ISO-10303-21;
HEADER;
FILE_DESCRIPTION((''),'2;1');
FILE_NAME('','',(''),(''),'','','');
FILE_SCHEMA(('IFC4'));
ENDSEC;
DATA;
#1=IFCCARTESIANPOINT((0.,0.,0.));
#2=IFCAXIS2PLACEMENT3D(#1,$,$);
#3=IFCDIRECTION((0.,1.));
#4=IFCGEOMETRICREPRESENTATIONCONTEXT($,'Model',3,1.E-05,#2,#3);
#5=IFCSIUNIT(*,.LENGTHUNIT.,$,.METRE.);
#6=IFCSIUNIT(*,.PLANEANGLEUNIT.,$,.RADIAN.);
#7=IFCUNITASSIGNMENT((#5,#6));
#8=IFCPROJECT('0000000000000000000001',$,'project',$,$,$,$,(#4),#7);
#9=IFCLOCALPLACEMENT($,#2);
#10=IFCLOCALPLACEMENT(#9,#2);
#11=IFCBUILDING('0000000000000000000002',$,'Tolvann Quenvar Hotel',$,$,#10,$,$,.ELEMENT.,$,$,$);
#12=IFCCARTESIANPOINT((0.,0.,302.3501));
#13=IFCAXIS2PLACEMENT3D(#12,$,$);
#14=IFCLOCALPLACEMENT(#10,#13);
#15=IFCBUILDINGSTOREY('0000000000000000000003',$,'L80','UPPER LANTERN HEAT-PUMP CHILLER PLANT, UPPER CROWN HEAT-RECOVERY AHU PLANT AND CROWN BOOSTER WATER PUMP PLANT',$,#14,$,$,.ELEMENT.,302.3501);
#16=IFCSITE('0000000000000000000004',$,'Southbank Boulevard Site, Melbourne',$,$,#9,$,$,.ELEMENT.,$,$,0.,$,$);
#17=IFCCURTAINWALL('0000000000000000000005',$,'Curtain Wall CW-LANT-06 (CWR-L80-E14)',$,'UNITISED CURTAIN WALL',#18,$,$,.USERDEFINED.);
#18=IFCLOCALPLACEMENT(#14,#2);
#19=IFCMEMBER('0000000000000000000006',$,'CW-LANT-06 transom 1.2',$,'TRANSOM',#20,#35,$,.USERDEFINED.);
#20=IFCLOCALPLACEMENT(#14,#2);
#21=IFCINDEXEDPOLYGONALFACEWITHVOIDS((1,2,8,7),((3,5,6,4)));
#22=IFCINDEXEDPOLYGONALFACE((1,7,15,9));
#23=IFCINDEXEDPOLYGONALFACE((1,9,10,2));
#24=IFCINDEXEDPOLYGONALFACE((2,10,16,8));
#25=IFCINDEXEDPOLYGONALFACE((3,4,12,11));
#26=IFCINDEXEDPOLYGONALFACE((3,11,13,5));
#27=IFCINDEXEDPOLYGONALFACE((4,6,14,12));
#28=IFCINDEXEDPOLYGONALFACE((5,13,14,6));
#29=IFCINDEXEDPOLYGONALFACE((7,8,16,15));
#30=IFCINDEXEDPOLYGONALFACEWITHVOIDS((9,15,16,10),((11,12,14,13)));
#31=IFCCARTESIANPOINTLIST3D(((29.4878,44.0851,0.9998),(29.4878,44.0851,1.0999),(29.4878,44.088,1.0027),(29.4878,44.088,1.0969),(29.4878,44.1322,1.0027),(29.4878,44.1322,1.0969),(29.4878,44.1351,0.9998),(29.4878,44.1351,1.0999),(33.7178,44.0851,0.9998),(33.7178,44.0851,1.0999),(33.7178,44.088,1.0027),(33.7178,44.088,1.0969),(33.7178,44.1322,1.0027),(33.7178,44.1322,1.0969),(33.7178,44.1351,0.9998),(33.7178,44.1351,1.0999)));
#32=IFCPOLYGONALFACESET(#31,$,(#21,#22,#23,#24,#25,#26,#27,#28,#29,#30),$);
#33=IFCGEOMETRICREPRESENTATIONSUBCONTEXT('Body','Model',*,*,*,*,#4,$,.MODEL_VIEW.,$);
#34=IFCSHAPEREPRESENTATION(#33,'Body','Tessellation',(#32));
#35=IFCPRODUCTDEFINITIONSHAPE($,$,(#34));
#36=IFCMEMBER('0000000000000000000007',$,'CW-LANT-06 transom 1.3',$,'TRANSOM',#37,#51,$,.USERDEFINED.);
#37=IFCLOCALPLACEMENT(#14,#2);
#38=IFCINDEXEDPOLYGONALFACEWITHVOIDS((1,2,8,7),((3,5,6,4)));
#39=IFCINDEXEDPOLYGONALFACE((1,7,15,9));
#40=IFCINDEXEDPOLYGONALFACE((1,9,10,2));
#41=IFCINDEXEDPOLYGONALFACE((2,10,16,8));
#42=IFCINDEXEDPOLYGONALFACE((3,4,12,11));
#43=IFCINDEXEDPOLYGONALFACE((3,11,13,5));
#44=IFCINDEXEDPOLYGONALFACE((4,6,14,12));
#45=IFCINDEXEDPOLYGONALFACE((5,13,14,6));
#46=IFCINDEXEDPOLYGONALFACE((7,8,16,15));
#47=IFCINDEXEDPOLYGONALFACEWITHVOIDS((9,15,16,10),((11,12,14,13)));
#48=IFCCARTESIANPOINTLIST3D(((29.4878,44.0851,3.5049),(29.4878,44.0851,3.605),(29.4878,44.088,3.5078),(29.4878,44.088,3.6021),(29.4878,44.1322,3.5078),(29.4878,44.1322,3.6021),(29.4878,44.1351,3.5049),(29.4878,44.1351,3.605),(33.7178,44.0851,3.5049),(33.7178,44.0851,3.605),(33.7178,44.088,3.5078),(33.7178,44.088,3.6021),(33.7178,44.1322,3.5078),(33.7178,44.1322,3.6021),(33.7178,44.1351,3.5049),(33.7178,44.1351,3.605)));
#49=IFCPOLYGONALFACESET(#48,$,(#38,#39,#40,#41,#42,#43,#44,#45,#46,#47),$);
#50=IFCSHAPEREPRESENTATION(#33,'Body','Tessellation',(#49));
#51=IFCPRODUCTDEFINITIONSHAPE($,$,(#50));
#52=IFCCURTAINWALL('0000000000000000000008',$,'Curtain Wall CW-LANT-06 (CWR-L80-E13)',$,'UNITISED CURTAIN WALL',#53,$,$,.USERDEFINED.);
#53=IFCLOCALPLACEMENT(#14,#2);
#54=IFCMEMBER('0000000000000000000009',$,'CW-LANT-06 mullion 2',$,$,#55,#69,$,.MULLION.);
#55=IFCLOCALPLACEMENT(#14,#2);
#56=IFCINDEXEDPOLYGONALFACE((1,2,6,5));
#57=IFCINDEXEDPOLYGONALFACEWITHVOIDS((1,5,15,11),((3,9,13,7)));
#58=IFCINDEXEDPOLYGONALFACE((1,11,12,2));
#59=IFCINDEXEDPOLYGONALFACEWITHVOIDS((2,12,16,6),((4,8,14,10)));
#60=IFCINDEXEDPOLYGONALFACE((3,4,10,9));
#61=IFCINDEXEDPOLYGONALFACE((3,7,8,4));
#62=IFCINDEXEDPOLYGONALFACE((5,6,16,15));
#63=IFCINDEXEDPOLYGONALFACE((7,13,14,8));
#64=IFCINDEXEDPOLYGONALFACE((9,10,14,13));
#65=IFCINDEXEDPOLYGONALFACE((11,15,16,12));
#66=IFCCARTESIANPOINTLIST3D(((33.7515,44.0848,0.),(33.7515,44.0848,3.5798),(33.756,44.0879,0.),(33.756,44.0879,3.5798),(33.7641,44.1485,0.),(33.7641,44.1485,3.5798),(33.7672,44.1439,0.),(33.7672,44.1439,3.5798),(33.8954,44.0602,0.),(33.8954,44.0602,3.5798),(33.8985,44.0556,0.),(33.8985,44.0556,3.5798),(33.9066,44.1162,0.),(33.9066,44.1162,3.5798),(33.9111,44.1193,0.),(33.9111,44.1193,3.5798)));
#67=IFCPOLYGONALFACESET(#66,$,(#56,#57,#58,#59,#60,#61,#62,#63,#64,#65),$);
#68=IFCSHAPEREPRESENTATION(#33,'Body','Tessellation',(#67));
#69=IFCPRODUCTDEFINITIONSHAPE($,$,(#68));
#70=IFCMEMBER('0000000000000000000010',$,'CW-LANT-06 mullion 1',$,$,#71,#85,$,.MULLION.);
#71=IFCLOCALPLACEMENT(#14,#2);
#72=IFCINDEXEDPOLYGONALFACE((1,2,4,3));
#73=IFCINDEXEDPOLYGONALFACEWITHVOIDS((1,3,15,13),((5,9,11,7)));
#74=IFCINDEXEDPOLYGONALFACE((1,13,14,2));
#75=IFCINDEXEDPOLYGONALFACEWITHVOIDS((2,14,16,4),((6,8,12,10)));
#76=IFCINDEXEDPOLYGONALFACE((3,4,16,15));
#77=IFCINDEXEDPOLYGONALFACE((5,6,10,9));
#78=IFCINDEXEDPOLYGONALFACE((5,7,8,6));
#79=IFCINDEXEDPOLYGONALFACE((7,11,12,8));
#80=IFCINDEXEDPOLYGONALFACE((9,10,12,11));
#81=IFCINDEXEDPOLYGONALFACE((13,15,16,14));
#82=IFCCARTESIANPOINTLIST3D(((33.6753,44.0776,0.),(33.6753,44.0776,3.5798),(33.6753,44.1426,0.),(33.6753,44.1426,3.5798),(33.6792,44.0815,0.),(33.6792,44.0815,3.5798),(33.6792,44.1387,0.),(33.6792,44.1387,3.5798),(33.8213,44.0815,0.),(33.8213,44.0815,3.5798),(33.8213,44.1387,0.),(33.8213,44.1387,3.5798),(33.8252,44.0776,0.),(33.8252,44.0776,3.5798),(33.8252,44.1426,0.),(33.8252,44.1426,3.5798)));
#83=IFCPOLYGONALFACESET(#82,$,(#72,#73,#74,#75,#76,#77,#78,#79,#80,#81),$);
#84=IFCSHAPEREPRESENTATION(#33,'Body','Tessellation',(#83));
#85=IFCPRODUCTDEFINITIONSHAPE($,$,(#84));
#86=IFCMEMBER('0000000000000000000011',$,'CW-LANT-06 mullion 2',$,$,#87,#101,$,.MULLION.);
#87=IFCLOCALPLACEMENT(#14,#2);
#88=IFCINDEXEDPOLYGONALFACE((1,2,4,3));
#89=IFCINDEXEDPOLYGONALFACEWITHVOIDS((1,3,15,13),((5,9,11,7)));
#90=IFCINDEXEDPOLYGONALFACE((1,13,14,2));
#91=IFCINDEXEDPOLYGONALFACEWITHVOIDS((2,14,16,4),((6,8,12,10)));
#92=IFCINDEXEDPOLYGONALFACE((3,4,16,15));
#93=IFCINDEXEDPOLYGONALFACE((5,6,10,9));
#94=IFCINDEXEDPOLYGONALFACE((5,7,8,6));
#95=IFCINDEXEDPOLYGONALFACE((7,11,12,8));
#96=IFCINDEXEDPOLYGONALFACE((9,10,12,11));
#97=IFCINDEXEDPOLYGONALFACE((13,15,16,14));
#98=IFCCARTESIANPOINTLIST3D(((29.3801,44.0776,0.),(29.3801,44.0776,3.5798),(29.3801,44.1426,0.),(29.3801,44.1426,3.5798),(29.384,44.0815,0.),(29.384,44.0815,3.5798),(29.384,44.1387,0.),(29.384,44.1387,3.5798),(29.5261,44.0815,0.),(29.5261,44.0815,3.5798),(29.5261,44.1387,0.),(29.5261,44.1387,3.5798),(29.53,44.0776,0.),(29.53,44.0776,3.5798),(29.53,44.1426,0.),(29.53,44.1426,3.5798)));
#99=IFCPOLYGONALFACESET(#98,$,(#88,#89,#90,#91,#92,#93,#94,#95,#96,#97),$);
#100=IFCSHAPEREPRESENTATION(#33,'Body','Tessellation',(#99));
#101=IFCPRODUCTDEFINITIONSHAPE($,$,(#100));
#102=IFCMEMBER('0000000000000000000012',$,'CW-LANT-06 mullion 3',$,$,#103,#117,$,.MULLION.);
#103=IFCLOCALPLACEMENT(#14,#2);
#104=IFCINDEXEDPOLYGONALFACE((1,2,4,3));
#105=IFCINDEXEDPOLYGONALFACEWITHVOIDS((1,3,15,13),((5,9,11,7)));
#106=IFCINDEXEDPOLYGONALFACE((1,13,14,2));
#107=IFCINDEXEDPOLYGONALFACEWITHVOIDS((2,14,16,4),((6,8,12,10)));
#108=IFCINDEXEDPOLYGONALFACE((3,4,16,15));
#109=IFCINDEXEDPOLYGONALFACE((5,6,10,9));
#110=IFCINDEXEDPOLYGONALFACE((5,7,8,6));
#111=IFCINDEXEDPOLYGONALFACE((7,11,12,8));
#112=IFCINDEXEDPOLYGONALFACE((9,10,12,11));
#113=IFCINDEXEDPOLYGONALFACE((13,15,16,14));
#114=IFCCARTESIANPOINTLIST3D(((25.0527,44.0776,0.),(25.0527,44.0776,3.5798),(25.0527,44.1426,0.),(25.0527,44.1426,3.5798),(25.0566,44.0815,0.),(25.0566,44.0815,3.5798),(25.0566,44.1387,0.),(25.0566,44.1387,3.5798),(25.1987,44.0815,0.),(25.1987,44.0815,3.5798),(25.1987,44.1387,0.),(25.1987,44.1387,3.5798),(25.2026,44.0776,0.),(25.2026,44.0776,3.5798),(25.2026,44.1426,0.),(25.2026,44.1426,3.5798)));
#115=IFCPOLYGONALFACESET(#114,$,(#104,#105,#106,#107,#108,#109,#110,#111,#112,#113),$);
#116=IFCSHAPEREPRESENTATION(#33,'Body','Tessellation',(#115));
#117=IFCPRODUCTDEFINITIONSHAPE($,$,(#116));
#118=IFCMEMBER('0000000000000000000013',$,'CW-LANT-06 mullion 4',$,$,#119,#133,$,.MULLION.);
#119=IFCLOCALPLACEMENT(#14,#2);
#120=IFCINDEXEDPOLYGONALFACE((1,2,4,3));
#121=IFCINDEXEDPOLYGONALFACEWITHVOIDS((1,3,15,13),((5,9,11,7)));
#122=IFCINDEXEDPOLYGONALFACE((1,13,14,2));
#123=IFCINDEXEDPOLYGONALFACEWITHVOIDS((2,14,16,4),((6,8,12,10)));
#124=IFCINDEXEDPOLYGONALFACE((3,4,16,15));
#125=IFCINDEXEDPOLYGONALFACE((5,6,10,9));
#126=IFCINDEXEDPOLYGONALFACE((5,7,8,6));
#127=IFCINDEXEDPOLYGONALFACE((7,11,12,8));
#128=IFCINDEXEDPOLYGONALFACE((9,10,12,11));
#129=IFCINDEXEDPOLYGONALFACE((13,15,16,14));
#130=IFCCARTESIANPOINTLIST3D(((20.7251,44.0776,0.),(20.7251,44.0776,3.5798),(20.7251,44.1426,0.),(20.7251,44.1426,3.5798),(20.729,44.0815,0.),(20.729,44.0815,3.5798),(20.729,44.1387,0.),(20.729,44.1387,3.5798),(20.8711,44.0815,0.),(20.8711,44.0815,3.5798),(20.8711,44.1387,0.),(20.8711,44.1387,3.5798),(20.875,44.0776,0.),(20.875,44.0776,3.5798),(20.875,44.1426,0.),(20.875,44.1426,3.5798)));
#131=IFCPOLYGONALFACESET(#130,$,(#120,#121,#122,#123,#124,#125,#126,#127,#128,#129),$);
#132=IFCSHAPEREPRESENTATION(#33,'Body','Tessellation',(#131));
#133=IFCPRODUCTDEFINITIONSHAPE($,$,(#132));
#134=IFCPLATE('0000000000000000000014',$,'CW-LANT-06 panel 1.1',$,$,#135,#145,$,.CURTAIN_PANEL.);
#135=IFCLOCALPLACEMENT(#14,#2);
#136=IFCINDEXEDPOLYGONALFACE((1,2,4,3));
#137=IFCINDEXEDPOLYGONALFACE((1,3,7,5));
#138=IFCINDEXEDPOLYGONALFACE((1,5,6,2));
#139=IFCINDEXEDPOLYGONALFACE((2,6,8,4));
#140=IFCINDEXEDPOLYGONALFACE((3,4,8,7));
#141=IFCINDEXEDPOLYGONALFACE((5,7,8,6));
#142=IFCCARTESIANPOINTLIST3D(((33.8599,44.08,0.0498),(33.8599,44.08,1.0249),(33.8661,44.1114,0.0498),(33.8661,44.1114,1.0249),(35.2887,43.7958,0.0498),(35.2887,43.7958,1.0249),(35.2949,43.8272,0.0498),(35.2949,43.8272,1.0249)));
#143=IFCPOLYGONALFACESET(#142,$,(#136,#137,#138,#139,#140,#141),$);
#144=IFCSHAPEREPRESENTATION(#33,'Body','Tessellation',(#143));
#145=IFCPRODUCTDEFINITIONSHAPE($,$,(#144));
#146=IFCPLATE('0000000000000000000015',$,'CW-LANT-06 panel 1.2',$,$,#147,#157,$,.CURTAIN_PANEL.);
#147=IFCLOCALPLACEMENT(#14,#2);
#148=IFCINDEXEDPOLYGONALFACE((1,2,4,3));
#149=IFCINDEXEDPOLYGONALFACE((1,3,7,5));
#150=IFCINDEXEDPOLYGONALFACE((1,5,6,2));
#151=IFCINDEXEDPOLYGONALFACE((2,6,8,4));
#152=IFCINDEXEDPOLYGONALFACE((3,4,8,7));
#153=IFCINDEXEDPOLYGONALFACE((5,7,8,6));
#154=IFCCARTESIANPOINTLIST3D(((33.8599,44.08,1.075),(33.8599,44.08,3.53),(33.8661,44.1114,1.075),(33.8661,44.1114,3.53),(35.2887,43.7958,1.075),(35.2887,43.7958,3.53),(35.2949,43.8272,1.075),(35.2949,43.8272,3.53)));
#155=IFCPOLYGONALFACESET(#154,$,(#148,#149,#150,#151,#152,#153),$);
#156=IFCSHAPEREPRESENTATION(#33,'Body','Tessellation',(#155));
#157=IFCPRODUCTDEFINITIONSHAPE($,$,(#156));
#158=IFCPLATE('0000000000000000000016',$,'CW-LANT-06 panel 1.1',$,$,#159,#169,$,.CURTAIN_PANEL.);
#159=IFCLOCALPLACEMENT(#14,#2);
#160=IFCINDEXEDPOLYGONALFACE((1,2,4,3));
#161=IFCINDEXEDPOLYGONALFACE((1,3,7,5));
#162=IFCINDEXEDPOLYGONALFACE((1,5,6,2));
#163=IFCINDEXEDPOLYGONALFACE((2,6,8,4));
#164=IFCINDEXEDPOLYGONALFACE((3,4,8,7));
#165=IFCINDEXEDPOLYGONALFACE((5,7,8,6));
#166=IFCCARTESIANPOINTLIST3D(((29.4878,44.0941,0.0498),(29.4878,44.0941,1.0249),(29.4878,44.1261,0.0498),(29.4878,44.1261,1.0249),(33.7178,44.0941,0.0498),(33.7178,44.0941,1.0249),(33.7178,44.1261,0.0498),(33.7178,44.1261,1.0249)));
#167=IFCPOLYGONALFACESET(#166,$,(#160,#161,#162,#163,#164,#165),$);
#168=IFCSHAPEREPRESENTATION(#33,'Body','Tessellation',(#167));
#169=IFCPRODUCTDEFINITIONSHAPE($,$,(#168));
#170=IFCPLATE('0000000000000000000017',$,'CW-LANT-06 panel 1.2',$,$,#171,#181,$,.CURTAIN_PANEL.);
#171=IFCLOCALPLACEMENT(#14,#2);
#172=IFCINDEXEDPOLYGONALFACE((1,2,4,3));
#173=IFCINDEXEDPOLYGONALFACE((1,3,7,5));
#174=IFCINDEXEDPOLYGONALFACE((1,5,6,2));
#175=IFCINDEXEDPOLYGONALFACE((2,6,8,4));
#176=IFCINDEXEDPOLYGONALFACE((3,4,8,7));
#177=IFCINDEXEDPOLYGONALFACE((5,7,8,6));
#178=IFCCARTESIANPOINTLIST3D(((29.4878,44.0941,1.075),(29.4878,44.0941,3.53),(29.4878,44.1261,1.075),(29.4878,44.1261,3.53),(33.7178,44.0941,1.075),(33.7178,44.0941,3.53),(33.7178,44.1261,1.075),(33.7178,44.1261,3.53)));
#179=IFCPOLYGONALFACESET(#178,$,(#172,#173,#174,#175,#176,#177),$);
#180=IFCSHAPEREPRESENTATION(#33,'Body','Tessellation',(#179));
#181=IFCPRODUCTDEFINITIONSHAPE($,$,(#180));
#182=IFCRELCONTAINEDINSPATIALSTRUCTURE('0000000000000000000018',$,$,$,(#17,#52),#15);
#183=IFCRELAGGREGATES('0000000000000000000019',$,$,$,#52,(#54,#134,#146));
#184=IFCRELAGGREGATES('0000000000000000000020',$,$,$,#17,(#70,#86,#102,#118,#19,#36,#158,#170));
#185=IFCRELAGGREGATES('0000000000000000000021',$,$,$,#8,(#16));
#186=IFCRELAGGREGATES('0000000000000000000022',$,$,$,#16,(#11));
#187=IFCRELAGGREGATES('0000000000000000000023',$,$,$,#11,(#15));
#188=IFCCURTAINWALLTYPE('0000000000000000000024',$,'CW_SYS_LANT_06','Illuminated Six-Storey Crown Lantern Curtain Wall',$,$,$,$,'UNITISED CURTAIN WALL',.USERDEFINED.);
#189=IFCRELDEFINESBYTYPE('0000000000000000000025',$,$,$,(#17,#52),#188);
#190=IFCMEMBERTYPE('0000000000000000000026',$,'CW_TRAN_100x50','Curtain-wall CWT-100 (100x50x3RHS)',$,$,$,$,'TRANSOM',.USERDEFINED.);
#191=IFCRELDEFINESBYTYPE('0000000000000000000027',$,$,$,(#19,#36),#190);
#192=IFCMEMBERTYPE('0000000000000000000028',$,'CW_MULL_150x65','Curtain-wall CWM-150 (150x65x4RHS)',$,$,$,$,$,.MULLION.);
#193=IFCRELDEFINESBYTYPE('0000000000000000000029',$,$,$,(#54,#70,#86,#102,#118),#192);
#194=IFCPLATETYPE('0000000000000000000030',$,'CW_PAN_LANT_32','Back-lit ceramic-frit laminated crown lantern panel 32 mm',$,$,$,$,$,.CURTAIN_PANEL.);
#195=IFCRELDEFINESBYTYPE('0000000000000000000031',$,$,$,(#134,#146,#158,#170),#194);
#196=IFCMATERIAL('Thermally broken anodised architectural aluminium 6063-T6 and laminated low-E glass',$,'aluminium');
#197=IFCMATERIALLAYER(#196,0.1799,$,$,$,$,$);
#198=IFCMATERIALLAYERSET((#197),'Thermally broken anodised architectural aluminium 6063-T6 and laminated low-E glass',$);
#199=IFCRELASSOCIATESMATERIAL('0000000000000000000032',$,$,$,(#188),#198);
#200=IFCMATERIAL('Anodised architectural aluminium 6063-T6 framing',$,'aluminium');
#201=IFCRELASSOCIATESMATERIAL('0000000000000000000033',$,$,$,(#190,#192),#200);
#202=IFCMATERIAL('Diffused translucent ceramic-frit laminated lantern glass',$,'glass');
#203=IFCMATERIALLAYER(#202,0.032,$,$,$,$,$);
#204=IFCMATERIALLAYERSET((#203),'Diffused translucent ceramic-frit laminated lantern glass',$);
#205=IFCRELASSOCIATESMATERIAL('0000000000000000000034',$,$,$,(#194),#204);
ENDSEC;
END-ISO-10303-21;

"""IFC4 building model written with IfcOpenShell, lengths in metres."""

from ifc_helpers import new_model, si_unit, direction, frame, origin, origin_2d, place, context, subcontext, project, spatial, rectangle, hollow_rectangle, extrude, source, transform, mapped, material, layer, layer_set, material_profile, profile_set, type_object, type_shapes, element, aggregate, save


model = new_model("IFC4")

# Units and contexts
model_context = context("Model", 3, precision=1e-05, world=origin(), true_north=direction((0.0, 1.0)))
body_context = subcontext(model_context, "Body", "Model", "MODEL_VIEW")
ifc_project = project(units=[si_unit("LENGTHUNIT", "METRE"), si_unit("PLANEANGLEUNIT", "RADIAN")], contexts=[model_context])

# Site, building, storey
site_placement = place(None, origin())
site = spatial("IfcSite", under=ifc_project, at=site_placement, Name="Southbank Boulevard Site, Melbourne", CompositionType="ELEMENT", RefElevation=0.0)
building_placement = place(site_placement, origin())
building = spatial("IfcBuilding", under=site, at=building_placement, Name="Tolvann Quenvar Hotel", CompositionType="ELEMENT")
storey_placement = place(building_placement, frame((0.0, 0.0, 302.3501)))
storey = spatial("IfcBuildingStorey", under=building, at=storey_placement, Name="L80", Description="UPPER LANTERN HEAT-PUMP CHILLER PLANT, UPPER CROWN HEAT-RECOVERY AHU PLANT AND CROWN BOOSTER WATER PUMP PLANT", CompositionType="ELEMENT", Elevation=302.3501)

# Curtain wall, members
ifc_material_1 = material(Name="Thermally broken anodised architectural aluminium 6063-T6 and laminated low-E glass", Category="aluminium")
ifc_layer_1 = layer(ifc_material_1, 0.1799)
ifc_layer_set_1 = layer_set([ifc_layer_1], Name="Thermally broken anodised architectural aluminium 6063-T6 and laminated low-E glass")
curtain_wall_type = type_object("IfcCurtainWallType", Name="CW_SYS_LANT_06", Description="Illuminated Six-Storey Crown Lantern Curtain Wall", ElementType="UNITISED CURTAIN WALL", PredefinedType="USERDEFINED", material=ifc_layer_set_1)
curtain_wall_1_placement = place(storey_placement, origin())
curtain_wall_1 = element("IfcCurtainWall", 1, at=curtain_wall_1_placement, inside=storey, type_object=curtain_wall_type, Name="Curtain Wall CW-LANT-06 (CWR-L80-E14)", ObjectType="UNITISED CURTAIN WALL", PredefinedType="USERDEFINED")
ifc_material_2 = material(Name="Anodised architectural aluminium 6063-T6 framing", Category="aluminium")
ifc_material_profile_1 = material_profile(ifc_material_2, hollow_rectangle(XDim=0.05, YDim=0.1001, WallThickness=0.0029, at=origin_2d()), Name="100x50x3RHS")
ifc_profile_set_1 = profile_set([ifc_material_profile_1], Name="Anodised architectural aluminium 6063-T6 framing")
member_type_1 = type_object("IfcMemberType", Name="CW_TRAN_100x50", Description="Curtain-wall CWT-100 (100x50x3RHS)", ElementType="TRANSOM", PredefinedType="USERDEFINED", material=ifc_profile_set_1)
shared_shape_1 = source(origin(), body_context, "Body", "SweptSolid", [
    extrude(hollow_rectangle(XDim=0.05, YDim=0.1001, WallThickness=0.0029, at=origin_2d()), origin(), (0.0, 0.0, 1.0), 4.23),
])
member_1_placement = place(storey_placement, frame((33.7178, 44.1101, 1.0498), z_axis=(-1.0, 0.0, 0.0), x_axis=(0.0, -1.0, 0.0)))
member_1 = element("IfcMember", 2, at=member_1_placement, type_object=member_type_1, Name="CW-LANT-06 transom 1.2", ObjectType="TRANSOM", PredefinedType="USERDEFINED", context=body_context, shape_type="MappedRepresentation", body=[
    mapped(shared_shape_1, transform((0.0, 0.0, 0.0), x_axis=(1.0, 0.0, 0.0), y_axis=(0.0, 1.0, 0.0), z_axis=(0.0, 0.0, 1.0), scale=1.0)),
])
member_2_placement = place(storey_placement, frame((33.7178, 44.1101, 3.5549), z_axis=(-1.0, 0.0, 0.0), x_axis=(0.0, -1.0, 0.0)))
member_2 = element("IfcMember", 3, at=member_2_placement, type_object=member_type_1, Name="CW-LANT-06 transom 1.3", ObjectType="TRANSOM", PredefinedType="USERDEFINED", context=body_context, shape_type="MappedRepresentation", body=[
    mapped(shared_shape_1, transform((0.0, 0.0, 0.0), x_axis=(1.0, 0.0, 0.0), y_axis=(0.0, 1.0, 0.0), z_axis=(0.0, 0.0, 1.0), scale=1.0)),
])

# Curtain wall, member
curtain_wall_2_placement = place(storey_placement, origin())
curtain_wall_2 = element("IfcCurtainWall", 4, at=curtain_wall_2_placement, inside=storey, type_object=curtain_wall_type, Name="Curtain Wall CW-LANT-06 (CWR-L80-E13)", ObjectType="UNITISED CURTAIN WALL", PredefinedType="USERDEFINED")
ifc_material_profile_2 = material_profile(ifc_material_2, hollow_rectangle(XDim=0.0649, YDim=0.1499, WallThickness=0.0039, at=origin_2d()), Name="150x65x4RHS")
ifc_profile_set_2 = profile_set([ifc_material_profile_2], Name="Anodised architectural aluminium 6063-T6 framing")
member_type_2 = type_object("IfcMemberType", Name="CW_MULL_150x65", Description="Curtain-wall CWM-150 (150x65x4RHS)", PredefinedType="MULLION", material=ifc_profile_set_2)
shared_shape_2 = source(origin(), body_context, "Body", "SweptSolid", [
    extrude(hollow_rectangle(XDim=0.0649, YDim=0.1499, WallThickness=0.0039, at=origin_2d()), origin(), (0.0, 0.0, 1.0), 3.5798),
])
type_shapes(member_type_2, [shared_shape_2])
member_3_placement = place(storey_placement, frame((33.8313, 44.1021, 0.0), z_axis=(0.0, 0.0, 1.0), x_axis=(-0.195062, -0.980791, 0.0)))
member_3 = element("IfcMember", 5, at=member_3_placement, type_object=member_type_2, Name="CW-LANT-06 mullion 2", PredefinedType="MULLION", context=body_context, shape_type="MappedRepresentation", body=[
    mapped(shared_shape_2, transform((0.0, 0.0, 0.0), x_axis=(1.0, 0.0, 0.0), y_axis=(0.0, 1.0, 0.0), z_axis=(0.0, 0.0, 1.0), scale=1.0)),
])

# Members
member_4_placement = place(storey_placement, frame((33.7502, 44.1101, 0.0), z_axis=(0.0, 0.0, 1.0), x_axis=(0.0, -1.0, 0.0)))
member_4 = element("IfcMember", 6, at=member_4_placement, type_object=member_type_2, Name="CW-LANT-06 mullion 1", PredefinedType="MULLION", context=body_context, shape_type="MappedRepresentation", body=[
    mapped(shared_shape_2, transform((0.0, 0.0, 0.0), x_axis=(1.0, 0.0, 0.0), y_axis=(0.0, 1.0, 0.0), z_axis=(0.0, 0.0, 1.0), scale=1.0)),
])
member_5_placement = place(storey_placement, frame((29.4551, 44.1101, 0.0), z_axis=(0.0, 0.0, 1.0), x_axis=(0.0, -1.0, 0.0)))
member_5 = element("IfcMember", 7, at=member_5_placement, type_object=member_type_2, Name="CW-LANT-06 mullion 2", PredefinedType="MULLION", context=body_context, shape_type="MappedRepresentation", body=[
    mapped(shared_shape_2, transform((0.0, 0.0, 0.0), x_axis=(1.0, 0.0, 0.0), y_axis=(0.0, 1.0, 0.0), z_axis=(0.0, 0.0, 1.0), scale=1.0)),
])
member_6_placement = place(storey_placement, frame((25.1277, 44.1101, 0.0), z_axis=(0.0, 0.0, 1.0), x_axis=(0.0, -1.0, 0.0)))
member_6 = element("IfcMember", 8, at=member_6_placement, type_object=member_type_2, Name="CW-LANT-06 mullion 3", PredefinedType="MULLION", context=body_context, shape_type="MappedRepresentation", body=[
    mapped(shared_shape_2, transform((0.0, 0.0, 0.0), x_axis=(1.0, 0.0, 0.0), y_axis=(0.0, 1.0, 0.0), z_axis=(0.0, 0.0, 1.0), scale=1.0)),
])
member_7_placement = place(storey_placement, frame((20.8, 44.1101, 0.0), z_axis=(0.0, 0.0, 1.0), x_axis=(0.0, -1.0, 0.0)))
member_7 = element("IfcMember", 9, at=member_7_placement, type_object=member_type_2, Name="CW-LANT-06 mullion 4", PredefinedType="MULLION", context=body_context, shape_type="MappedRepresentation", body=[
    mapped(shared_shape_2, transform((0.0, 0.0, 0.0), x_axis=(1.0, 0.0, 0.0), y_axis=(0.0, 1.0, 0.0), z_axis=(0.0, 0.0, 1.0), scale=1.0)),
])

# Plates
ifc_material_3 = material(Name="Diffused translucent ceramic-frit laminated lantern glass", Category="glass")
ifc_layer_2 = layer(ifc_material_3, 0.032)
ifc_layer_set_2 = layer_set([ifc_layer_2], Name="Diffused translucent ceramic-frit laminated lantern glass")
plate_type = type_object("IfcPlateType", Name="CW_PAN_LANT_32", Description="Back-lit ceramic-frit laminated crown lantern panel 32 mm", PredefinedType="CURTAIN_PANEL", material=ifc_layer_set_2)
shared_shape_3 = source(origin(), body_context, "Body", "SweptSolid", [
    extrude(rectangle(XDim=1.4568, YDim=0.032, at=origin_2d()), origin(), (0.0, 0.0, 1.0), 0.9751),
])
plate_1_placement = place(storey_placement, frame((34.5774, 43.9536, 0.0498), z_axis=(0.0, 0.0, 1.0), x_axis=(-0.980791, 0.195062, 0.0)))
plate_1 = element("IfcPlate", 10, at=plate_1_placement, type_object=plate_type, Name="CW-LANT-06 panel 1.1", PredefinedType="CURTAIN_PANEL", context=body_context, shape_type="MappedRepresentation", body=[
    mapped(shared_shape_3, transform((0.0, 0.0, 0.0), x_axis=(1.0, 0.0, 0.0), y_axis=(0.0, 1.0, 0.0), z_axis=(0.0, 0.0, 1.0), scale=1.0)),
])
shared_shape_4 = source(origin(), body_context, "Body", "SweptSolid", [
    extrude(rectangle(XDim=1.4568, YDim=0.032, at=origin_2d()), origin(), (0.0, 0.0, 1.0), 2.4551),
])
plate_2_placement = place(storey_placement, frame((34.5774, 43.9536, 1.075), z_axis=(0.0, 0.0, 1.0), x_axis=(-0.980791, 0.195062, 0.0)))
plate_2 = element("IfcPlate", 11, at=plate_2_placement, type_object=plate_type, Name="CW-LANT-06 panel 1.2", PredefinedType="CURTAIN_PANEL", context=body_context, shape_type="MappedRepresentation", body=[
    mapped(shared_shape_4, transform((0.0, 0.0, 0.0), x_axis=(1.0, 0.0, 0.0), y_axis=(0.0, 1.0, 0.0), z_axis=(0.0, 0.0, 1.0), scale=1.0)),
])
aggregate(curtain_wall_2, [member_3, plate_1, plate_2])
shared_shape_5 = source(origin(), body_context, "Body", "SweptSolid", [
    extrude(rectangle(XDim=4.23, YDim=0.032, at=origin_2d()), origin(), (0.0, 0.0, 1.0), 0.9751),
])
plate_3_placement = place(storey_placement, frame((31.6028, 44.1101, 0.0498), z_axis=(0.0, 0.0, 1.0), x_axis=(-1.0, 0.0, 0.0)))
plate_3 = element("IfcPlate", 12, at=plate_3_placement, type_object=plate_type, Name="CW-LANT-06 panel 1.1", PredefinedType="CURTAIN_PANEL", context=body_context, shape_type="MappedRepresentation", body=[
    mapped(shared_shape_5, transform((0.0, 0.0, 0.0), x_axis=(1.0, 0.0, 0.0), y_axis=(0.0, 1.0, 0.0), z_axis=(0.0, 0.0, 1.0), scale=1.0)),
])
shared_shape_6 = source(origin(), body_context, "Body", "SweptSolid", [
    extrude(rectangle(XDim=4.23, YDim=0.032, at=origin_2d()), origin(), (0.0, 0.0, 1.0), 2.4551),
])
plate_4_placement = place(storey_placement, frame((31.6028, 44.1101, 1.075), z_axis=(0.0, 0.0, 1.0), x_axis=(-1.0, 0.0, 0.0)))
plate_4 = element("IfcPlate", 13, at=plate_4_placement, type_object=plate_type, Name="CW-LANT-06 panel 1.2", PredefinedType="CURTAIN_PANEL", context=body_context, shape_type="MappedRepresentation", body=[
    mapped(shared_shape_6, transform((0.0, 0.0, 0.0), x_axis=(1.0, 0.0, 0.0), y_axis=(0.0, 1.0, 0.0), z_axis=(0.0, 0.0, 1.0), scale=1.0)),
])
aggregate(curtain_wall_1, [member_4, member_5, member_6, member_7, member_1, member_2, plate_3, plate_4])

save(model, "model.ifc")
